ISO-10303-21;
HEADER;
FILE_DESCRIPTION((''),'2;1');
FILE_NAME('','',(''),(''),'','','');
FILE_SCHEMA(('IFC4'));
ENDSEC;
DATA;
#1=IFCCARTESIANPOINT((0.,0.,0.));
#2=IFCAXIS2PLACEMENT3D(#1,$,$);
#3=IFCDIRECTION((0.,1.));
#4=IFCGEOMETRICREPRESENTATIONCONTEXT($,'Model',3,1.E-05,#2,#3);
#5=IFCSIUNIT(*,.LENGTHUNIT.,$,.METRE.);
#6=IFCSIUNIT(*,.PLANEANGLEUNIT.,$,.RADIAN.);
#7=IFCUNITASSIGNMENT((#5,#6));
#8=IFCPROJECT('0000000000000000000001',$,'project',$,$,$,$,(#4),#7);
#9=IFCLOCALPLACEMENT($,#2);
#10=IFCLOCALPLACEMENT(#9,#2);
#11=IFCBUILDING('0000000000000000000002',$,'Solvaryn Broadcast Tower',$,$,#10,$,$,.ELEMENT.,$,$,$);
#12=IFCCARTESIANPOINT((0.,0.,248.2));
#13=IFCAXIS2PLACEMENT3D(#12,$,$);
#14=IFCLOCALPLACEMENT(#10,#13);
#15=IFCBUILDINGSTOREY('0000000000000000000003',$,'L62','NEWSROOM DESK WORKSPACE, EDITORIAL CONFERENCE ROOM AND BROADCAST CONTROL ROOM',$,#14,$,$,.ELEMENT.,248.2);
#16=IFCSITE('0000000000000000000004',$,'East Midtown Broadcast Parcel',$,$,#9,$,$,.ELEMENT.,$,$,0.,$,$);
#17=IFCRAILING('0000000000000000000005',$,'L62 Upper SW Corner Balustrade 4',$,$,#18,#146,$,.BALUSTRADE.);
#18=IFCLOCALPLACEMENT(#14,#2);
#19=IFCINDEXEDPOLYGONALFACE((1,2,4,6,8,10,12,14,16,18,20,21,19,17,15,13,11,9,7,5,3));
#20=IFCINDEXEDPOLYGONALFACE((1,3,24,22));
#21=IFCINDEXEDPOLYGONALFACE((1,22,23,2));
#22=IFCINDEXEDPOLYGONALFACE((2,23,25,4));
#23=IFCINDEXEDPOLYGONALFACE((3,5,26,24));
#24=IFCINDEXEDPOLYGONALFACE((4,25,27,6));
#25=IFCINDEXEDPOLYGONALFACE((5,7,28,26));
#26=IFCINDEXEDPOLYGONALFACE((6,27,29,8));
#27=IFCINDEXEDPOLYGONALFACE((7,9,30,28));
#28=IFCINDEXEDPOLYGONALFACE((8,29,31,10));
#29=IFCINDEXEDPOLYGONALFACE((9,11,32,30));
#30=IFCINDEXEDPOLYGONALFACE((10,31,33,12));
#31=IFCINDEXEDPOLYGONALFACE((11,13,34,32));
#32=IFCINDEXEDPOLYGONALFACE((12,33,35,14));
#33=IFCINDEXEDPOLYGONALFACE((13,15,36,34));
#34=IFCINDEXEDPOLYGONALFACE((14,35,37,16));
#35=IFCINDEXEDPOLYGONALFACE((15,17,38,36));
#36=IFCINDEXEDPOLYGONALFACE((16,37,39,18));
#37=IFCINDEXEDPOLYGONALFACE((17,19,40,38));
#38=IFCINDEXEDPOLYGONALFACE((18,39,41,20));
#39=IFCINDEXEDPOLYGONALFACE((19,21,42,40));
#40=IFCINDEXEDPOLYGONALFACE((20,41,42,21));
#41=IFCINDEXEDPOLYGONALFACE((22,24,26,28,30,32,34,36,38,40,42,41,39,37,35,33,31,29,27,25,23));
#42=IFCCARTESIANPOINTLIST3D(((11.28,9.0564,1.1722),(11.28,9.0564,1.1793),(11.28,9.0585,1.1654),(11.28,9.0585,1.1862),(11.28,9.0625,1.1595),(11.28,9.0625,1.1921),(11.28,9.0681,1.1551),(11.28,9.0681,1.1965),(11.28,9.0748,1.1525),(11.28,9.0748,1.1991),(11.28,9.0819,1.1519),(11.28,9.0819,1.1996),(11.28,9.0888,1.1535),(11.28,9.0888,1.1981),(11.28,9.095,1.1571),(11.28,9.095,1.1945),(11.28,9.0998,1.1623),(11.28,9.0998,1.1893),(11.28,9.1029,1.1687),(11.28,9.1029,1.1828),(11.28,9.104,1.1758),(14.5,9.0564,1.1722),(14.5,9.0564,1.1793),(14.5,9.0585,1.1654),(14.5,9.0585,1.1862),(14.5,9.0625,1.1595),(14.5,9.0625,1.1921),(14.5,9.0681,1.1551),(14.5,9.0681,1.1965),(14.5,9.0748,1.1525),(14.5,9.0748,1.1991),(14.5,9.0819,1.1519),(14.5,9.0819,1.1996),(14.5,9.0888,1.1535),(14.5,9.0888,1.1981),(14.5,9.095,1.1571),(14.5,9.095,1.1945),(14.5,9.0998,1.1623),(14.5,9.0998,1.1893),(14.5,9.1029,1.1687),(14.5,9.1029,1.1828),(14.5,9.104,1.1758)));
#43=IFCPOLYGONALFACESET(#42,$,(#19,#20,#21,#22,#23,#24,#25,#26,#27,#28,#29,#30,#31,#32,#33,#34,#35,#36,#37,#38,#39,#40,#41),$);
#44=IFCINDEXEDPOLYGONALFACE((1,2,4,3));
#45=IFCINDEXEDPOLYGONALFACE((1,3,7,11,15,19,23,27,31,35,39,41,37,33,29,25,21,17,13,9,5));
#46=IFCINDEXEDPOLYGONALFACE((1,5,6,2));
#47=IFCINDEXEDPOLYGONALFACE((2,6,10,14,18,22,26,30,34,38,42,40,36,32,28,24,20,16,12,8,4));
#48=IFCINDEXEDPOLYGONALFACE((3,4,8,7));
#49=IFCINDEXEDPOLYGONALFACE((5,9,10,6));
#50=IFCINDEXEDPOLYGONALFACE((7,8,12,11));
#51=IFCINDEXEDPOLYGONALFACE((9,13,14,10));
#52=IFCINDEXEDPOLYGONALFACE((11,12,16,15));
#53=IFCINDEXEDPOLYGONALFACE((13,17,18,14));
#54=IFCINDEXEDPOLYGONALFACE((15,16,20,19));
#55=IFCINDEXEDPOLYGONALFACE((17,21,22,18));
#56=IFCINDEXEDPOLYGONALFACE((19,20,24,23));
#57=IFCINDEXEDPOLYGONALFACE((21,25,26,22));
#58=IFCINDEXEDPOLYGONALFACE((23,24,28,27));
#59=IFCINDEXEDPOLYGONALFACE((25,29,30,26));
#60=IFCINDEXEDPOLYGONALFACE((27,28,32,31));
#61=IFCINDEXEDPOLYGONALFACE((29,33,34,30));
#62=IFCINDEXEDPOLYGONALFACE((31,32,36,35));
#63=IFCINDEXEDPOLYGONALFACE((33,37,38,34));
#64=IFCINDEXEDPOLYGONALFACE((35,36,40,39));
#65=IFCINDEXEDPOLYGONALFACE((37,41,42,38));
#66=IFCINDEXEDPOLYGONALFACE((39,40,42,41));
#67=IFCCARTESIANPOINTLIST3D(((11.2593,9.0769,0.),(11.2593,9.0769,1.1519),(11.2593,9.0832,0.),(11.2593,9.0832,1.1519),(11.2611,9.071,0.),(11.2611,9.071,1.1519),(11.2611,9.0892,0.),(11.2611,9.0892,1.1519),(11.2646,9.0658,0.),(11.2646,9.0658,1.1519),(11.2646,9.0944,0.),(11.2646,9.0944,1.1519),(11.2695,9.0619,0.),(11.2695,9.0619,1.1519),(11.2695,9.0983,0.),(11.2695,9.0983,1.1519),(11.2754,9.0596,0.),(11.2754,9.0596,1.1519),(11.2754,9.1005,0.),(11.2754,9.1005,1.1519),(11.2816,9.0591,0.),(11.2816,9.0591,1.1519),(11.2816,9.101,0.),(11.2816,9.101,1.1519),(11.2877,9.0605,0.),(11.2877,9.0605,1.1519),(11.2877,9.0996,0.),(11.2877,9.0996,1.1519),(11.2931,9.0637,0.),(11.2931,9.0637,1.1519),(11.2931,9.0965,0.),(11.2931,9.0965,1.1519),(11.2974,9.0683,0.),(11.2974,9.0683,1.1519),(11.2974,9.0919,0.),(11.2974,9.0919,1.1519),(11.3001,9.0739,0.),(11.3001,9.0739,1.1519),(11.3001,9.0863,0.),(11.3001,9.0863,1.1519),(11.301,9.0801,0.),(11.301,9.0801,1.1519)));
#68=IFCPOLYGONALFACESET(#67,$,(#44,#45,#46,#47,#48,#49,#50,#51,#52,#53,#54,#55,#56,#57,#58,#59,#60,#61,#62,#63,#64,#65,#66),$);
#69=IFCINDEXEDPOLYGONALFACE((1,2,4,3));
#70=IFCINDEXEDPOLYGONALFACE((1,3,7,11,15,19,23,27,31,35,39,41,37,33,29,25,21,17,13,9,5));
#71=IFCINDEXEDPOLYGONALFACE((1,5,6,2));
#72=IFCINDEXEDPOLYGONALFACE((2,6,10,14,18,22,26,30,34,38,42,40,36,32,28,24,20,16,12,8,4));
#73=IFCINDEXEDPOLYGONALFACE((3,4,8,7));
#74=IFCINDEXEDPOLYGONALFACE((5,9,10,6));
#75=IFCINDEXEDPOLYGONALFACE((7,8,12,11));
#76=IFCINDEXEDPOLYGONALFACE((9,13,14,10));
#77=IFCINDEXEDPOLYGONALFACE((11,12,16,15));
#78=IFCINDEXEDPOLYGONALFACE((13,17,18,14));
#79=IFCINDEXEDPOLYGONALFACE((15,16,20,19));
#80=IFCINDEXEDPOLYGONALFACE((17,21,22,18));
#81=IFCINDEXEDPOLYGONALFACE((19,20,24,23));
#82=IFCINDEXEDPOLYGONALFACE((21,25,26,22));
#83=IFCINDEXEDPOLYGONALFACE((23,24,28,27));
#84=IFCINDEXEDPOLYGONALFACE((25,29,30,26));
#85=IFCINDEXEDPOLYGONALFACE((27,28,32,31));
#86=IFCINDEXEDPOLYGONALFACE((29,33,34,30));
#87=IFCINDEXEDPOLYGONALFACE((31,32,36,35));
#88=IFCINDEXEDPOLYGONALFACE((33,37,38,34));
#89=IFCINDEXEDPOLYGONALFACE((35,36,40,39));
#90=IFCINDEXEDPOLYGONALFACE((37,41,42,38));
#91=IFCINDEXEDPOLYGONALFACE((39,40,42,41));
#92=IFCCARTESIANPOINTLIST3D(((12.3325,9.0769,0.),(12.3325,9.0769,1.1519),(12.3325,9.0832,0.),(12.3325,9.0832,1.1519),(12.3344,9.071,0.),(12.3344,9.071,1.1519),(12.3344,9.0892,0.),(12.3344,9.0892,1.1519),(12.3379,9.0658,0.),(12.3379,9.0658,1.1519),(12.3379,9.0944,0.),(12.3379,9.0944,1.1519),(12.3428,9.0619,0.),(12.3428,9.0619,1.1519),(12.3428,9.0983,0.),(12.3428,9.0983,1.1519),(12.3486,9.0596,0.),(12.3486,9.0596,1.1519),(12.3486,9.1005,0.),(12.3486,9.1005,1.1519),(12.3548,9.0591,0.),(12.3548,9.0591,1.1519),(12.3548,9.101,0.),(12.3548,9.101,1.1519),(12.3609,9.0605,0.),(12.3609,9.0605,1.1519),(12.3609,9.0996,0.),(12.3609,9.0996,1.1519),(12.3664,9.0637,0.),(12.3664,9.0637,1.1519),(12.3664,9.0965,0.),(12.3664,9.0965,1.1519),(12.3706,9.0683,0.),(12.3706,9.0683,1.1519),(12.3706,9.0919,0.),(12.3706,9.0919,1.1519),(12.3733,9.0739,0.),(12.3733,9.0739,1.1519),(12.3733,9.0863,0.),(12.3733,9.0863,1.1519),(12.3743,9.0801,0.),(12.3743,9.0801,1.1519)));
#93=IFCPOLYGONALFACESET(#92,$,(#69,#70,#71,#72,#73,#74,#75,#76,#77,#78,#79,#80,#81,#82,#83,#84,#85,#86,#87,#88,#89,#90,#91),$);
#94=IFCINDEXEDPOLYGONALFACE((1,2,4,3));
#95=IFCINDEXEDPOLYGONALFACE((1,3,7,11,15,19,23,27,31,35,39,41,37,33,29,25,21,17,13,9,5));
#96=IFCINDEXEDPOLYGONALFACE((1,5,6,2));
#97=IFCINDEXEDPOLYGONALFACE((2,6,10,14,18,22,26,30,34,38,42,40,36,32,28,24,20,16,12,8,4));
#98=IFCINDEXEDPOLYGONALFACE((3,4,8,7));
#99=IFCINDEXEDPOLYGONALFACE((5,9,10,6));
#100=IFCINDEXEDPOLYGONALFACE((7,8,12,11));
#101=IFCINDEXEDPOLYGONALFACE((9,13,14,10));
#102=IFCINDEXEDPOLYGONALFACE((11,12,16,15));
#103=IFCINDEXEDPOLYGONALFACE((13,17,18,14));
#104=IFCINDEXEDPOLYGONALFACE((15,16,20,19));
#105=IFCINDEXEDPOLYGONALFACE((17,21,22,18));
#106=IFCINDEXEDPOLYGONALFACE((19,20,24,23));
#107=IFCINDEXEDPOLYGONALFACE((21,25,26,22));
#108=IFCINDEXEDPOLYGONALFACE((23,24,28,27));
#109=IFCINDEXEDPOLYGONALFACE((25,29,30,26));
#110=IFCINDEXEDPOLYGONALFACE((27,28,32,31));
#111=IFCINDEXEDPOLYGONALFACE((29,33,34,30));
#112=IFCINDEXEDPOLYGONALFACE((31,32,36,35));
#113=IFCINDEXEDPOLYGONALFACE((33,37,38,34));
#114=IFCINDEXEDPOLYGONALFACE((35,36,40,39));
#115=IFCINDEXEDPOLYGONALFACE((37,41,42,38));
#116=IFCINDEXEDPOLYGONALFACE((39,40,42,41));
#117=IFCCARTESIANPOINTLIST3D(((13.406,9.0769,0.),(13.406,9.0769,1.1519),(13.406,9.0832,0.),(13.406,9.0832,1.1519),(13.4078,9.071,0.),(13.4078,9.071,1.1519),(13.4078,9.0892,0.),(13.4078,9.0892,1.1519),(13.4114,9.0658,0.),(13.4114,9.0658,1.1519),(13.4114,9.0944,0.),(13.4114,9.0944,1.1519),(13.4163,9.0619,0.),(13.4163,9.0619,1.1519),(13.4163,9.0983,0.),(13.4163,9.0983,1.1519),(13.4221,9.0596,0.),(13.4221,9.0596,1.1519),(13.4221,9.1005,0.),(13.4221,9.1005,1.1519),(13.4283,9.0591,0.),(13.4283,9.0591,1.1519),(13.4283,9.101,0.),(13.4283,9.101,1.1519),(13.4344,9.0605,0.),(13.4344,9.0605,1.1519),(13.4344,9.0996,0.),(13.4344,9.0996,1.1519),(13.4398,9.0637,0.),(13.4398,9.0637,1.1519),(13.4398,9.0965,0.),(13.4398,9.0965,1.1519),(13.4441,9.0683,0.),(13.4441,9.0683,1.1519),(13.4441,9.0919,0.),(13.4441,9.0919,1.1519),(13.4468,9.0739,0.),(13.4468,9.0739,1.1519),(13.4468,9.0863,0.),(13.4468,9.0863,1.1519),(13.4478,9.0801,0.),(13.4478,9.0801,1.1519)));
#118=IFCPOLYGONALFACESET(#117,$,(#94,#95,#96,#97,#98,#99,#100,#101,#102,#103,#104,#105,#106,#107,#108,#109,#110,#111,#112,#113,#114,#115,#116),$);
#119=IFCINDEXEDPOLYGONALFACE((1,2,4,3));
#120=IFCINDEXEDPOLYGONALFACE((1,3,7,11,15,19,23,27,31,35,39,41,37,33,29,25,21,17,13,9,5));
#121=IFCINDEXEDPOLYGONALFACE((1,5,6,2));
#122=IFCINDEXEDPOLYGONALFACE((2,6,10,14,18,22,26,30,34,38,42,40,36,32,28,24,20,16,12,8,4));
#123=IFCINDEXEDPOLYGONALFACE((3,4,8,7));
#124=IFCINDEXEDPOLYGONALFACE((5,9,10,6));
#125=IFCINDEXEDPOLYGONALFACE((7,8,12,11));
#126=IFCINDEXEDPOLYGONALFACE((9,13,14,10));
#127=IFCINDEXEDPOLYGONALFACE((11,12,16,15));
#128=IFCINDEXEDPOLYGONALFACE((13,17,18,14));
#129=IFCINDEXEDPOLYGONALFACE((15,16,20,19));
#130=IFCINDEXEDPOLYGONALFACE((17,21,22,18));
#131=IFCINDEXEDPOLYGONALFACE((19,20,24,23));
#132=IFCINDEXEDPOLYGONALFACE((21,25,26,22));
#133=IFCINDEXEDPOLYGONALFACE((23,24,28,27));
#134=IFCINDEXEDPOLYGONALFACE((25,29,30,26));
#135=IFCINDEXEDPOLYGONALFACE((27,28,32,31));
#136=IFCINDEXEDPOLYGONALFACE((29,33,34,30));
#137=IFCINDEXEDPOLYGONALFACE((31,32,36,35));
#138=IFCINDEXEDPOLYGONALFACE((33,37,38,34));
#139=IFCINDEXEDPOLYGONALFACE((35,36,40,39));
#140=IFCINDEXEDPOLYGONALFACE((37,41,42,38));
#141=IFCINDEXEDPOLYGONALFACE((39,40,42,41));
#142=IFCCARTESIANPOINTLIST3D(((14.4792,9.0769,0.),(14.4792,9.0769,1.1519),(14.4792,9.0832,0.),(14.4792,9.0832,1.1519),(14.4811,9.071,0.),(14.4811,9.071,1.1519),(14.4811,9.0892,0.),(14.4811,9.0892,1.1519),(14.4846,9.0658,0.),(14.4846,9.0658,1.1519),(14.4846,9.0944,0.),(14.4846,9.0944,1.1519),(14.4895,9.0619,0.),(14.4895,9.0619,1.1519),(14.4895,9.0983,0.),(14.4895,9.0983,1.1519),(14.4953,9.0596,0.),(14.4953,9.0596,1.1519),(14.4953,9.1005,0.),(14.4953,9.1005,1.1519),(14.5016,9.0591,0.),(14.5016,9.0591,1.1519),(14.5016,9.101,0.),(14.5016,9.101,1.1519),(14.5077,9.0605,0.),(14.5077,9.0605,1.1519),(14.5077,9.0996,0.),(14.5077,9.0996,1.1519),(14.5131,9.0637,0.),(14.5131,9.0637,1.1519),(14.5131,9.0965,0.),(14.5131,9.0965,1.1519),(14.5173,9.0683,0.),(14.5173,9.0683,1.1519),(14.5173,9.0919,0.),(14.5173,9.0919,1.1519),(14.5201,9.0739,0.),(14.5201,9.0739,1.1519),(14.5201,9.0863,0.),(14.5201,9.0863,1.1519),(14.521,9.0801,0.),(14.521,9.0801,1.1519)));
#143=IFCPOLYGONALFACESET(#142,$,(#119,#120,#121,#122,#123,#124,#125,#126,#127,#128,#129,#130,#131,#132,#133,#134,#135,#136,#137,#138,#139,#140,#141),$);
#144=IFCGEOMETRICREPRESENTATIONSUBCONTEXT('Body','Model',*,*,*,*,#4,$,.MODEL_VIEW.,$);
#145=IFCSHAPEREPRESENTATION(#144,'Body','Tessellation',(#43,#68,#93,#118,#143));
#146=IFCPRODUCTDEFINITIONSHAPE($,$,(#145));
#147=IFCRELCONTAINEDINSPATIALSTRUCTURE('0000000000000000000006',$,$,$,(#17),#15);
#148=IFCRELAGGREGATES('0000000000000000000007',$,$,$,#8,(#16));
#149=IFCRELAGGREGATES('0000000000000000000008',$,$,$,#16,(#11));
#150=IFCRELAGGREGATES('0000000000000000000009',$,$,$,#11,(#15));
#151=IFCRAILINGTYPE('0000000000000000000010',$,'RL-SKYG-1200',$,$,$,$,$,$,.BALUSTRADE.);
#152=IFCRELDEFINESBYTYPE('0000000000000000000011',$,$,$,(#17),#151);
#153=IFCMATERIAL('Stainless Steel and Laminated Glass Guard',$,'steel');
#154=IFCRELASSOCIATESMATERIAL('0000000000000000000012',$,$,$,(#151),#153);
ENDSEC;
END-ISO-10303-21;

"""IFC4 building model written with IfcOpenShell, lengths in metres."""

from ifc_helpers import new_model, si_unit, direction, frame, origin, origin_2d, place, context, subcontext, project, spatial, circle, extrude, material, type_object, element, save


model = new_model("IFC4")

# Units and contexts
model_context = context("Model", 3, precision=1e-05, world=origin(), true_north=direction((0.0, 1.0)))
body_context = subcontext(model_context, "Body", "Model", "MODEL_VIEW")
ifc_project = project(units=[si_unit("LENGTHUNIT", "METRE"), si_unit("PLANEANGLEUNIT", "RADIAN")], contexts=[model_context])

# Site, building, storey
site_placement = place(None, origin())
site = spatial("IfcSite", under=ifc_project, at=site_placement, Name="East Midtown Broadcast Parcel", CompositionType="ELEMENT", RefElevation=0.0)
building_placement = place(site_placement, origin())
building = spatial("IfcBuilding", under=site, at=building_placement, Name="Solvaryn Broadcast Tower", CompositionType="ELEMENT")
storey_placement = place(building_placement, frame((0.0, 0.0, 248.2)))
storey = spatial("IfcBuildingStorey", under=building, at=storey_placement, Name="L62", Description="NEWSROOM DESK WORKSPACE, EDITORIAL CONFERENCE ROOM AND BROADCAST CONTROL ROOM", CompositionType="ELEMENT", Elevation=248.2)

# Railing
ifc_material_1 = material(Name="Stainless Steel and Laminated Glass Guard", Category="steel")
railing_type = type_object("IfcRailingType", Name="RL-SKYG-1200", PredefinedType="BALUSTRADE", material=ifc_material_1)
railing_1_placement = place(storey_placement, frame((11.28, 9.0801, 0.0)))
element("IfcRailing", 1, at=railing_1_placement, inside=storey, type_object=railing_type, Name="L62 Upper SW Corner Balustrade 4", PredefinedType="BALUSTRADE", context=body_context, shape_type="SweptSolid", body=[
    extrude(circle(Radius=0.0239, at=origin_2d()), frame((0.0, 0.0, 1.1758), z_axis=(1.0, 0.0, 0.0), x_axis=(0.0, 1.0, 0.0)), (0.0, 0.0, 1.0), 3.22),
    extrude(circle(Radius=0.021, at=origin_2d()), origin(), (0.0, 0.0, 1.0), 1.1519),
    extrude(circle(Radius=0.021, at=origin_2d()), frame((1.0732, 0.0, 0.0)), (0.0, 0.0, 1.0), 1.1519),
    extrude(circle(Radius=0.021, at=origin_2d()), frame((2.1467, 0.0, 0.0)), (0.0, 0.0, 1.0), 1.1519),
    extrude(circle(Radius=0.021, at=origin_2d()), frame((3.22, 0.0, 0.0)), (0.0, 0.0, 1.0), 1.1519),
])

save(model, "model.ifc")
